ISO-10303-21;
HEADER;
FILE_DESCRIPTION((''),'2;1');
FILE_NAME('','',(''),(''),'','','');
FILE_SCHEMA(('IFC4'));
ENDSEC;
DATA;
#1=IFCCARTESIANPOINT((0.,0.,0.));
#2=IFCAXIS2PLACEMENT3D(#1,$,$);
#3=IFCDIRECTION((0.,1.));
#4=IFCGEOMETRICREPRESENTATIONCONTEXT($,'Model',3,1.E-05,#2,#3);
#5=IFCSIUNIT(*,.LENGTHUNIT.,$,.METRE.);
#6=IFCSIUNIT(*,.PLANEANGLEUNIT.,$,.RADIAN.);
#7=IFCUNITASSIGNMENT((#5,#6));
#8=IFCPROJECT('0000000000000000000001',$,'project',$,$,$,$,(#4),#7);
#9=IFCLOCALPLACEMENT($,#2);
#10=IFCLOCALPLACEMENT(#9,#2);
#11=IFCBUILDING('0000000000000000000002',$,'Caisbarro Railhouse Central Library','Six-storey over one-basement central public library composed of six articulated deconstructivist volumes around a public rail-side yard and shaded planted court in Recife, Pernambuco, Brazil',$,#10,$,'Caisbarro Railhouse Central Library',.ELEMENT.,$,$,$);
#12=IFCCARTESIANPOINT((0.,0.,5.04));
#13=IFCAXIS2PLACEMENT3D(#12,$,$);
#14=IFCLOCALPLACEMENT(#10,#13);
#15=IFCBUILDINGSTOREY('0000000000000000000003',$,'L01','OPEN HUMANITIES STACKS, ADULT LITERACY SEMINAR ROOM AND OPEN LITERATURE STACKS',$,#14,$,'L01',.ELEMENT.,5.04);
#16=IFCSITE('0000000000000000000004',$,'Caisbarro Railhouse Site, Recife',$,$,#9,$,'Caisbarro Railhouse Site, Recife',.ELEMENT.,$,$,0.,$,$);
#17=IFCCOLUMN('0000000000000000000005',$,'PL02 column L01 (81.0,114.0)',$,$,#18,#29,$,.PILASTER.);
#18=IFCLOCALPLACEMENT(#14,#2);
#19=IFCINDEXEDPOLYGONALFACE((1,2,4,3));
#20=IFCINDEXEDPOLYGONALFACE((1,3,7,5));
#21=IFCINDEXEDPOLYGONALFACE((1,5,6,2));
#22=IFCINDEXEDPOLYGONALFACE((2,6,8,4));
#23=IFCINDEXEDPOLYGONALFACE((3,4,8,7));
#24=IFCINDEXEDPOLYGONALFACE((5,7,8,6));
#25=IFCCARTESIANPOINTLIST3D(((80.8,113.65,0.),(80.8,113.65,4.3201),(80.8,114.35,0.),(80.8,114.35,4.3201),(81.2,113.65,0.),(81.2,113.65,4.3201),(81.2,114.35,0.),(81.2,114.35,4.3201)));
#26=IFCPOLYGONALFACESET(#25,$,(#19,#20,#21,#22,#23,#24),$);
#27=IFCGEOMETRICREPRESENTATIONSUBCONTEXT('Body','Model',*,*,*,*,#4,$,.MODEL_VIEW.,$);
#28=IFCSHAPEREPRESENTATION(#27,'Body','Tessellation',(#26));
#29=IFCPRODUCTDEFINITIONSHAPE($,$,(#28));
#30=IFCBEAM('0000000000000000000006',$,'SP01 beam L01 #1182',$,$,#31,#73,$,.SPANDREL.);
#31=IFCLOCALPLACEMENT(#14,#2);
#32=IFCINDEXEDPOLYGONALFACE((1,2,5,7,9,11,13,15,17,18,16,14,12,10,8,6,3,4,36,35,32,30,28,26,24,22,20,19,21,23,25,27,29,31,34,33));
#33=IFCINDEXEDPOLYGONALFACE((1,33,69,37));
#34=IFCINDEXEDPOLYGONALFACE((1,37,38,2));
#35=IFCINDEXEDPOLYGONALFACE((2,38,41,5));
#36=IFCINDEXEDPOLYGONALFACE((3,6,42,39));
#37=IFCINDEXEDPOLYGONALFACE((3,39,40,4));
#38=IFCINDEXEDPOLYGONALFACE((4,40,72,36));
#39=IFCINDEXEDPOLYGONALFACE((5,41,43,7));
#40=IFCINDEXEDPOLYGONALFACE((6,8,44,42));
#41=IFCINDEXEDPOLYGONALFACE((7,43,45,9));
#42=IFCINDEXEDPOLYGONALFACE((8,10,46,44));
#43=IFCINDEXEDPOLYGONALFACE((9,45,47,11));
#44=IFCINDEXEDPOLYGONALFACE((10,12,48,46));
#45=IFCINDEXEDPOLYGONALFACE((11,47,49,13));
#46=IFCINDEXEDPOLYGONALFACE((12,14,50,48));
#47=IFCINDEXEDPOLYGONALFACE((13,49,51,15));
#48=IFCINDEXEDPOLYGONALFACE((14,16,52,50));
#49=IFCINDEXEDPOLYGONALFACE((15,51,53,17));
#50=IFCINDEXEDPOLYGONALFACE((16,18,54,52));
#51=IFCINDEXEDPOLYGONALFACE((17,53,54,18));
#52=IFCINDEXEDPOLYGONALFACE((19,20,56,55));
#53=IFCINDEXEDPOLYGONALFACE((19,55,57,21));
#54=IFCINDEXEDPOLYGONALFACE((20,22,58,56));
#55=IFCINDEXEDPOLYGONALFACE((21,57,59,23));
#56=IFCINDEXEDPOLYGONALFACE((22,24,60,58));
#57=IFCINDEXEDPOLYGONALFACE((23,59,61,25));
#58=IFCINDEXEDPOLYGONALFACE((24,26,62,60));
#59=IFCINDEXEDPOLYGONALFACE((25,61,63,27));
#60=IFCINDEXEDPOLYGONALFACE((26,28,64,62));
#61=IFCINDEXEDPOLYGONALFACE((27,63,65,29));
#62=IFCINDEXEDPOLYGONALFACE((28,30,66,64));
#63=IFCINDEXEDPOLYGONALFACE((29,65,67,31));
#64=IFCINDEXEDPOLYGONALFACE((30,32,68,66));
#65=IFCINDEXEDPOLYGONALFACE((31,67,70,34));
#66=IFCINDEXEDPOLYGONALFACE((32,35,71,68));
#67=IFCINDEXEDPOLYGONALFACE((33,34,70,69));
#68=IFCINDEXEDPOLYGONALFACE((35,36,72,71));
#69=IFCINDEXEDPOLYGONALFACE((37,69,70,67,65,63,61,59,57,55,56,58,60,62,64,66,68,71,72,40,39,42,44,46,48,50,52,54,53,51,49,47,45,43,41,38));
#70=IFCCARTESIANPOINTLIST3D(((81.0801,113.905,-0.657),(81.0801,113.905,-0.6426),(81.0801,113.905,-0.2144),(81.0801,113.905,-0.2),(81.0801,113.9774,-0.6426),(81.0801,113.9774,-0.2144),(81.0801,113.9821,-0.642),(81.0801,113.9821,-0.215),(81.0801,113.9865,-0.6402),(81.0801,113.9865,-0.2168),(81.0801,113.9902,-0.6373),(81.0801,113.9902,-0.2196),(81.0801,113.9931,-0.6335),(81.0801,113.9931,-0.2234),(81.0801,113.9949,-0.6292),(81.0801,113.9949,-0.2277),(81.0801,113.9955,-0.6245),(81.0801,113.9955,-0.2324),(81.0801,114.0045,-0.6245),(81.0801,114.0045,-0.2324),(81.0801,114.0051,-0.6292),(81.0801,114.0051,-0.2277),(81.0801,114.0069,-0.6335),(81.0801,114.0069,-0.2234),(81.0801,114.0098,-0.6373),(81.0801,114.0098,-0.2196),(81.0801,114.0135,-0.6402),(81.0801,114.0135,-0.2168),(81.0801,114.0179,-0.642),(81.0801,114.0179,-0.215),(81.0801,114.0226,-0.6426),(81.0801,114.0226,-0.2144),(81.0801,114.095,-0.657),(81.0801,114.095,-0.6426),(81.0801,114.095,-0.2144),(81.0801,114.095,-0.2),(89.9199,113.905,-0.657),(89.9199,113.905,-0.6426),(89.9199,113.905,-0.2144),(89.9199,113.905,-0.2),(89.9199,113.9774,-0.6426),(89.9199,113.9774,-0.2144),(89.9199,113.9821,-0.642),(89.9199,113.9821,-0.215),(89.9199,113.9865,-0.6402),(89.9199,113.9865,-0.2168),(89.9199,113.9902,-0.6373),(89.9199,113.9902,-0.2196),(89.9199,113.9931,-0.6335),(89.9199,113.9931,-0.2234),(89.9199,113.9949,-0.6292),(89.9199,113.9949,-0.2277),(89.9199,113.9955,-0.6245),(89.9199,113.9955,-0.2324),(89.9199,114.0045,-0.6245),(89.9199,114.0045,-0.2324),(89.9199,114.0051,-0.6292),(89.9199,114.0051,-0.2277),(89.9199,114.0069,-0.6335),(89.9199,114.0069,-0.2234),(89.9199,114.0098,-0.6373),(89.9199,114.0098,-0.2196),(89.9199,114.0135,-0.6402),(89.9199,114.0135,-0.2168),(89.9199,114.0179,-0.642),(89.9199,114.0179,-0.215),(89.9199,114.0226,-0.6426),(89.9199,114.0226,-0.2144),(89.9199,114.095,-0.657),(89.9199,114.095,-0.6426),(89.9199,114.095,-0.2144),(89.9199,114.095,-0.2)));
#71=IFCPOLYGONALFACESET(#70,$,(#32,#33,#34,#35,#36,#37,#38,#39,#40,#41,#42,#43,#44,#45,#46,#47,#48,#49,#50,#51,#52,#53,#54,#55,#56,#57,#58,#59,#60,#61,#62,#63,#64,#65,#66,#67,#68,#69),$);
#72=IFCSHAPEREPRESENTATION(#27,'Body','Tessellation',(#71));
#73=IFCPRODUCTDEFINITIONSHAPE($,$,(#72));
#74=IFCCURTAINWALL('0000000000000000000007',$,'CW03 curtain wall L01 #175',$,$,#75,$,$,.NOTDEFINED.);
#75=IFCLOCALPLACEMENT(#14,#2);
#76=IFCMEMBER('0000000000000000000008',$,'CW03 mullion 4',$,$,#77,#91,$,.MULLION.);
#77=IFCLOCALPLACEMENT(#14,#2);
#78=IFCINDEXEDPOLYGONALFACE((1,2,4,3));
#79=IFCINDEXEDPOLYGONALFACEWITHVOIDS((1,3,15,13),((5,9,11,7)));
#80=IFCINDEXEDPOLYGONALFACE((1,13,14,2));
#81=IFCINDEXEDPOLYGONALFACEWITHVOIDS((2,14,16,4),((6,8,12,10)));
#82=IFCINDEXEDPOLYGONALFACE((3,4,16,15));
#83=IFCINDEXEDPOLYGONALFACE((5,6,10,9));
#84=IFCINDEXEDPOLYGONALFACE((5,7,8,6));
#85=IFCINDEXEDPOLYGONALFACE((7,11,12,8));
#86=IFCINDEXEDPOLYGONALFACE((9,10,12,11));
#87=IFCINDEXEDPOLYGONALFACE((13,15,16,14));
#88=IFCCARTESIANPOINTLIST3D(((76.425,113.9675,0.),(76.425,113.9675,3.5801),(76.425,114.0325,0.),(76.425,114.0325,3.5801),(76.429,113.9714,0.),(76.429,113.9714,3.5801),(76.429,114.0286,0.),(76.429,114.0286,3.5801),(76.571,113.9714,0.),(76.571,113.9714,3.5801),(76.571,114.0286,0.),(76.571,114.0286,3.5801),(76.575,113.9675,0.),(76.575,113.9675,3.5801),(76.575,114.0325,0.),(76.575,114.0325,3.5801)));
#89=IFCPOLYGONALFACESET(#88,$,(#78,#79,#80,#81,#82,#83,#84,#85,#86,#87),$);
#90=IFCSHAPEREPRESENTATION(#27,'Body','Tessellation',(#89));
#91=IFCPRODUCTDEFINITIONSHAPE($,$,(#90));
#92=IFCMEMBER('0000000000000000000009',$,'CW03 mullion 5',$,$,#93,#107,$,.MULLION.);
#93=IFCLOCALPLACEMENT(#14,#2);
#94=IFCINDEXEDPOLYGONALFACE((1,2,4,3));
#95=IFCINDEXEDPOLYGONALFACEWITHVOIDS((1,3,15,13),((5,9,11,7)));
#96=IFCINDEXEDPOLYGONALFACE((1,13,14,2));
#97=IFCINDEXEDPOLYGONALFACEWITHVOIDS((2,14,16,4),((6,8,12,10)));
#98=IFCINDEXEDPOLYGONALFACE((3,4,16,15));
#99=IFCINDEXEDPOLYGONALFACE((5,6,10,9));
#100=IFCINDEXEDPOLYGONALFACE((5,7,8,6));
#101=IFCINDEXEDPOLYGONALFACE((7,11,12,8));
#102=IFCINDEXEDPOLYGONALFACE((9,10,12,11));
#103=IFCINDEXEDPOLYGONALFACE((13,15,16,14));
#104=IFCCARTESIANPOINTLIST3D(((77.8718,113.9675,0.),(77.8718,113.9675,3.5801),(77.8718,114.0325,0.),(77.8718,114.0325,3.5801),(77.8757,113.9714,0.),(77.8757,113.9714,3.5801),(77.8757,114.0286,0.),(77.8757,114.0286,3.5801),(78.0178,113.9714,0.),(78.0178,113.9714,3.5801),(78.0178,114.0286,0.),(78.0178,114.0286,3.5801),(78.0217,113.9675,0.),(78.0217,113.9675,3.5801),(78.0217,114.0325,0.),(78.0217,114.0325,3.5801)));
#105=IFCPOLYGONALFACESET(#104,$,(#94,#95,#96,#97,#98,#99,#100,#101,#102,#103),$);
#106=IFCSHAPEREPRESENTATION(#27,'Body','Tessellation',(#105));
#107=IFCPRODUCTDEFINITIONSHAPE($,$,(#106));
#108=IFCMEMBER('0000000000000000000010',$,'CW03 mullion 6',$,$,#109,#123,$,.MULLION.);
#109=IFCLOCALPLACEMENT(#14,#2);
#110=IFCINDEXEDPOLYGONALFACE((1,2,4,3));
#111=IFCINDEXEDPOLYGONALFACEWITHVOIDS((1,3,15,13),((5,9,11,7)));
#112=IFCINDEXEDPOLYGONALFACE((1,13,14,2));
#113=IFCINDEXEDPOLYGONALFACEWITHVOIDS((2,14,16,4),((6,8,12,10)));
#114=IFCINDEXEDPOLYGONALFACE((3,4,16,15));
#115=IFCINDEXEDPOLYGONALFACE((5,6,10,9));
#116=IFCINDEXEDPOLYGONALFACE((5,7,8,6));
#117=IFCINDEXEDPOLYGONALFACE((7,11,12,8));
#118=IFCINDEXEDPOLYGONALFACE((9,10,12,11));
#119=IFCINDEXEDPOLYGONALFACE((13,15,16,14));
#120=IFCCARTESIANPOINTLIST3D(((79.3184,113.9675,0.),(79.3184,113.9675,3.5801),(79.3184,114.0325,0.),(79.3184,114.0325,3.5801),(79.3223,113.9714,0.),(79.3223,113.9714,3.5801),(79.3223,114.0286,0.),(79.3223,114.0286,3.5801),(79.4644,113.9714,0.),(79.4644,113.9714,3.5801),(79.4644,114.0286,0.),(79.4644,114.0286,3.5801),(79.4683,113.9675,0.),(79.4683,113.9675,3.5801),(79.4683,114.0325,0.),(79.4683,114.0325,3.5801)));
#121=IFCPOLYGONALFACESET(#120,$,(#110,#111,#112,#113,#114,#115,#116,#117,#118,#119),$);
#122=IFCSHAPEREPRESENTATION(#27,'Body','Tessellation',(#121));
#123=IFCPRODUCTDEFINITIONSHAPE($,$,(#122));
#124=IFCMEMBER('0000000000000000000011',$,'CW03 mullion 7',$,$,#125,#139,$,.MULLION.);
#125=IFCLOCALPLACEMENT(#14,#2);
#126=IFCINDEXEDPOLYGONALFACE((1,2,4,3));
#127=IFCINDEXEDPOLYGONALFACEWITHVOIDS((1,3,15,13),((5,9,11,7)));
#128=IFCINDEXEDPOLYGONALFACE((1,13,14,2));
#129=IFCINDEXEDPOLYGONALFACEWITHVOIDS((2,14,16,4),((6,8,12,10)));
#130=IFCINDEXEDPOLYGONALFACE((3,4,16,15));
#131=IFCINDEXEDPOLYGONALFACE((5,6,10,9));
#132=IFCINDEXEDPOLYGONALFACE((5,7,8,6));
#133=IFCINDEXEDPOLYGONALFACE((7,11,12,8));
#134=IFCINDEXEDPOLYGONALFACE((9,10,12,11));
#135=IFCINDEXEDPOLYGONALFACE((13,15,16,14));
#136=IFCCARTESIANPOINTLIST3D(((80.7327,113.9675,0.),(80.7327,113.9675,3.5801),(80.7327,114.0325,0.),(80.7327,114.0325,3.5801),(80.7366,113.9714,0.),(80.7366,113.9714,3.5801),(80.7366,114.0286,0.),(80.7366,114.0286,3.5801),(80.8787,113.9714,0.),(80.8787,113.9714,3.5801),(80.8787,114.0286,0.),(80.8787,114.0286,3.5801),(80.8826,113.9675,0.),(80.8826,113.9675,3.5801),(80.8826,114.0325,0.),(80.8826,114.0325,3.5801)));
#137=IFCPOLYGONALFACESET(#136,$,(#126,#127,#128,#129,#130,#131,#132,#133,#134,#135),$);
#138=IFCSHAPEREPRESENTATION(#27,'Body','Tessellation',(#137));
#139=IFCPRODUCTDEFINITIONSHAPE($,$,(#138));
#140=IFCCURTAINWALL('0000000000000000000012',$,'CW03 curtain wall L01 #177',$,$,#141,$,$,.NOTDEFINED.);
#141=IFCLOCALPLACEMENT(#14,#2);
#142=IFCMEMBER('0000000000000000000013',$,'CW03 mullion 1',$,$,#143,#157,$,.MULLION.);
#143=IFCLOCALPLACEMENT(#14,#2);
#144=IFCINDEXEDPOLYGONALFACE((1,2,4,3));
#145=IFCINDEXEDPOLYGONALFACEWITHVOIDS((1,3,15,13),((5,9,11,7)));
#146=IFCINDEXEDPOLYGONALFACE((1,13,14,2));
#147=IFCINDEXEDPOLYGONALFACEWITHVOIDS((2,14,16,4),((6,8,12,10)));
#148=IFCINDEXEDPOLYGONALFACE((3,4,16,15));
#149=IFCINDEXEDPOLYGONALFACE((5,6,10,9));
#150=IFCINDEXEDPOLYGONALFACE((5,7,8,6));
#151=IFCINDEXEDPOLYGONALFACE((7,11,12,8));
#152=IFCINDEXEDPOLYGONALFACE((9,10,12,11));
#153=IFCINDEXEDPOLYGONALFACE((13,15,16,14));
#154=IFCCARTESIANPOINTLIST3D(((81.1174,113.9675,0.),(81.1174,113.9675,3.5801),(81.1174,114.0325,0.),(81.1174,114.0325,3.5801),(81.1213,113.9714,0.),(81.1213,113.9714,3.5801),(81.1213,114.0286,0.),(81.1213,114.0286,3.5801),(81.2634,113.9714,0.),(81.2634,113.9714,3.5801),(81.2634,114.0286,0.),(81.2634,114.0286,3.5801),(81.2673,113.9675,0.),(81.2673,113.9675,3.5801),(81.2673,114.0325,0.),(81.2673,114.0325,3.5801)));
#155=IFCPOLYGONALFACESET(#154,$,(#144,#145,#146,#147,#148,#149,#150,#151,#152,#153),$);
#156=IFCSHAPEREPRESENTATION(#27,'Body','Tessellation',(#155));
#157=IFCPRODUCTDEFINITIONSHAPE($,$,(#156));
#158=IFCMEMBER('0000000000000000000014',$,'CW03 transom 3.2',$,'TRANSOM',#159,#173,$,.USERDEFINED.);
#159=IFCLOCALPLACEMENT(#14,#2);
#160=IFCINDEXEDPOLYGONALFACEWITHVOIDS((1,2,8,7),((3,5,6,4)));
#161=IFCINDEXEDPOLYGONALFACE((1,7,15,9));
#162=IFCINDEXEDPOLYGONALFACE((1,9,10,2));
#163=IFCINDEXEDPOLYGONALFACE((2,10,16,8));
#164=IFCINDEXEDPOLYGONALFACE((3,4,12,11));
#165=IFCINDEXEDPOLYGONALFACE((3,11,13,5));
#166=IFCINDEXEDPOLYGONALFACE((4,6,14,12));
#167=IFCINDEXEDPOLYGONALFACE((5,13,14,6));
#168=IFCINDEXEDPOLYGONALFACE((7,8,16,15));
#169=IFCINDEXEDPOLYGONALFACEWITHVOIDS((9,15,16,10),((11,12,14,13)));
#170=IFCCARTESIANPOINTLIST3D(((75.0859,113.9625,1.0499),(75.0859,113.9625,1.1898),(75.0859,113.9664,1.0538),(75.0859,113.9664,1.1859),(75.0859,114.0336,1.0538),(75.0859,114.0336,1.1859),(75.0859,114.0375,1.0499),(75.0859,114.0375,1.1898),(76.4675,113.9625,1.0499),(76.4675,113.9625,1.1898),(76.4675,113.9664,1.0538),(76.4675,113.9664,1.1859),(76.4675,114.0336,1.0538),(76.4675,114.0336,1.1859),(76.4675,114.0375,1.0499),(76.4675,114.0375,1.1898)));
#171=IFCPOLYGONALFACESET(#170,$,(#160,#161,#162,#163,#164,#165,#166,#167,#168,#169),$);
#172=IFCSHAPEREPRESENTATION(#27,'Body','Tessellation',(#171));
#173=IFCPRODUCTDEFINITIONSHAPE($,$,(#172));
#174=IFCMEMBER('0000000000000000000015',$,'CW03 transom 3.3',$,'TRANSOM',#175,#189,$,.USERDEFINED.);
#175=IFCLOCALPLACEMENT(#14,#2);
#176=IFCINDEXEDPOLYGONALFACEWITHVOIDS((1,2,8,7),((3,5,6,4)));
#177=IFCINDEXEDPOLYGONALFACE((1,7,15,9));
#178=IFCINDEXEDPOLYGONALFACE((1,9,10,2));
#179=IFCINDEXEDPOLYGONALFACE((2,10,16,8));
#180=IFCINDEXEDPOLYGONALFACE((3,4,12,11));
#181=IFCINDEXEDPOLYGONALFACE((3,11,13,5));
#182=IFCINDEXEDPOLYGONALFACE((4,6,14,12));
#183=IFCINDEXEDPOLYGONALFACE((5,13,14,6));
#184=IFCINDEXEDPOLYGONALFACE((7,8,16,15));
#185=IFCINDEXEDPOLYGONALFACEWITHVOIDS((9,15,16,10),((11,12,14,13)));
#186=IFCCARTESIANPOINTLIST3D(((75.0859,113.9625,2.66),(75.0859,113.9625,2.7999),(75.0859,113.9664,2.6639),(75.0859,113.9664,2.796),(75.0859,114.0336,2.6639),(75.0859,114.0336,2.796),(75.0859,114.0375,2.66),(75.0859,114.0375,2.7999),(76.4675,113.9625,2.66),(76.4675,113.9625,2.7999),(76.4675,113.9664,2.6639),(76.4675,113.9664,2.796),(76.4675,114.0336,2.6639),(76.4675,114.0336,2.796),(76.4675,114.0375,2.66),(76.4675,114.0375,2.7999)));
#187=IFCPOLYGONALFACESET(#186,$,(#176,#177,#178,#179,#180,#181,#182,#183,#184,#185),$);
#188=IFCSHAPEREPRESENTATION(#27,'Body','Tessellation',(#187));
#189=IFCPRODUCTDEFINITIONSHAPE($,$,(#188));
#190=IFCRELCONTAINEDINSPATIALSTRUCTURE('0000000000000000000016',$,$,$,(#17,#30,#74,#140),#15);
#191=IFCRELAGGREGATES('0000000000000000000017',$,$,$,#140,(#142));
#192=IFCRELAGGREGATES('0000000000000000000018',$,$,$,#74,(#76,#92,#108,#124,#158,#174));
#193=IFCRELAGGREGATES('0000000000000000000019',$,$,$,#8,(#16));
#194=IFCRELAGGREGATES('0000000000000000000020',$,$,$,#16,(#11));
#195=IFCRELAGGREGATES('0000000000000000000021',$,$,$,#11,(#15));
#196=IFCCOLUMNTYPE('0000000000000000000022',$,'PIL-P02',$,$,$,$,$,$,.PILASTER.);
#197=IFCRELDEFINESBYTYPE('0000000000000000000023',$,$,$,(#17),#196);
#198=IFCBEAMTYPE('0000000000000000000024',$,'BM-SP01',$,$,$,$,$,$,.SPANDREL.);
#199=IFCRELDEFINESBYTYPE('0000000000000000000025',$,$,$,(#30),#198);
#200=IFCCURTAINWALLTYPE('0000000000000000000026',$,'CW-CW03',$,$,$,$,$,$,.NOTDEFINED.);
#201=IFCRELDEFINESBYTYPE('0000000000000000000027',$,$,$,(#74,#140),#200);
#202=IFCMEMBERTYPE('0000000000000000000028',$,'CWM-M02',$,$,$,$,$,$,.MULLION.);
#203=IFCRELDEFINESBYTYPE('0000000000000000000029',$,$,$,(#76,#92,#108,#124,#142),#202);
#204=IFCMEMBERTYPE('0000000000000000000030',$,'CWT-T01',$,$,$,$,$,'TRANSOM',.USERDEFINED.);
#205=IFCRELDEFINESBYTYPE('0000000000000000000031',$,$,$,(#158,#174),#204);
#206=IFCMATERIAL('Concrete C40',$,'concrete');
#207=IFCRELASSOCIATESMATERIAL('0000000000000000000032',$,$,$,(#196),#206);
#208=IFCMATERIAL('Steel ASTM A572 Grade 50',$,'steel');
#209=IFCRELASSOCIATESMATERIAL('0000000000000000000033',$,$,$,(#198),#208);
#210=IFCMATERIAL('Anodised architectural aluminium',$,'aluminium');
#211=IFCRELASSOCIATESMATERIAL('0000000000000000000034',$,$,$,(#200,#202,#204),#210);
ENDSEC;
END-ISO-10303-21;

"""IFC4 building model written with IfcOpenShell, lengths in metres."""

from ifc_helpers import new_model, si_unit, direction, frame, origin, origin_2d, place, context, subcontext, project, spatial, rectangle, hollow_rectangle, i_section, extrude, material, material_profile, profile_set, type_object, element, aggregate, save


model = new_model("IFC4")

# Units and contexts
model_context = context("Model", 3, precision=1e-05, world=origin(), true_north=direction((0.0, 1.0)))
body_context = subcontext(model_context, "Body", "Model", "MODEL_VIEW")
ifc_project = project(units=[si_unit("LENGTHUNIT", "METRE"), si_unit("PLANEANGLEUNIT", "RADIAN")], contexts=[model_context])

# Site, building, storey
site_placement = place(None, origin())
site = spatial("IfcSite", under=ifc_project, at=site_placement, Name="Caisbarro Railhouse Site, Recife", LongName="Caisbarro Railhouse Site, Recife", CompositionType="ELEMENT", RefElevation=0.0)
building_placement = place(site_placement, origin())
building = spatial("IfcBuilding", under=site, at=building_placement, Name="Caisbarro Railhouse Central Library", Description="Six-storey over one-basement central public library composed of six articulated deconstructivist volumes around a public rail-side yard and shaded planted court in Recife, Pernambuco, Brazil", LongName="Caisbarro Railhouse Central Library", CompositionType="ELEMENT")
storey_placement = place(building_placement, frame((0.0, 0.0, 5.04)))
storey = spatial("IfcBuildingStorey", under=building, at=storey_placement, Name="L01", Description="OPEN HUMANITIES STACKS, ADULT LITERACY SEMINAR ROOM AND OPEN LITERATURE STACKS", LongName="L01", CompositionType="ELEMENT", Elevation=5.04)

# Column
ifc_material_1 = material(Name="Concrete C40", Category="concrete")
ifc_material_profile_1 = material_profile(ifc_material_1, rectangle(XDim=0.3999, YDim=0.7, at=origin_2d()), Name="RC-PIL-400X700")
ifc_profile_set_1 = profile_set([ifc_material_profile_1], Name="Concrete C40")
column_type = type_object("IfcColumnType", Name="PIL-P02", PredefinedType="PILASTER", material=ifc_profile_set_1)
column_placement = place(storey_placement, frame((81.0, 114.0, 0.0), z_axis=(0.0, 0.0, 1.0), x_axis=(1.0, 0.0, 0.0)))
element("IfcColumn", 1, at=column_placement, inside=storey, type_object=column_type, Name="PL02 column L01 (81.0,114.0)", PredefinedType="PILASTER", context=body_context, shape_type="SweptSolid", body=[
    extrude(rectangle(XDim=0.3999, YDim=0.7, at=origin_2d()), origin(), (0.0, 0.0, 1.0), 4.3201),
])

# Beam
ifc_material_2 = material(Name="Steel ASTM A572 Grade 50", Category="steel")
ifc_material_profile_2 = material_profile(ifc_material_2, i_section(OverallWidth=0.1899, OverallDepth=0.457, WebThickness=0.009, FlangeThickness=0.0144, FilletRadius=0.0181, at=origin_2d()), Name="W460X74.0")
ifc_profile_set_2 = profile_set([ifc_material_profile_2], Name="Steel ASTM A572 Grade 50")
beam_type = type_object("IfcBeamType", Name="BM-SP01", PredefinedType="SPANDREL", material=ifc_profile_set_2)
beam_placement = place(storey_placement, frame((81.0801, 114.0, -0.4285), z_axis=(1.0, 0.0, 0.0), x_axis=(0.0, 1.0, 0.0)))
element("IfcBeam", 2, at=beam_placement, inside=storey, type_object=beam_type, Name="SP01 beam L01 #1182", PredefinedType="SPANDREL", context=body_context, shape_type="SweptSolid", body=[
    extrude(i_section(OverallWidth=0.1899, OverallDepth=0.457, WebThickness=0.009, FlangeThickness=0.0144, FilletRadius=0.0181, at=origin_2d()), origin(), (0.0, 0.0, 1.0), 8.8398),
])

# Curtain wall, members
ifc_material_3 = material(Name="Anodised architectural aluminium", Category="aluminium")
curtain_wall_type = type_object("IfcCurtainWallType", Name="CW-CW03", PredefinedType="NOTDEFINED", material=ifc_material_3)
curtain_wall_1_placement = place(storey_placement, origin())
curtain_wall_1 = element("IfcCurtainWall", 3, at=curtain_wall_1_placement, inside=storey, type_object=curtain_wall_type, Name="CW03 curtain wall L01 #175", PredefinedType="NOTDEFINED")
ifc_material_profile_3 = material_profile(ifc_material_3, hollow_rectangle(XDim=0.0649, YDim=0.1499, WallThickness=0.0039, at=origin_2d()), Name="ALU-MUL-65X150")
ifc_profile_set_3 = profile_set([ifc_material_profile_3], Name="Anodised architectural aluminium")
member_type_1 = type_object("IfcMemberType", Name="CWM-M02", PredefinedType="MULLION", material=ifc_profile_set_3)
member_1_placement = place(storey_placement, frame((76.5, 114.0, 0.0), z_axis=(0.0, 0.0, 1.0), x_axis=(0.0, 1.0, 0.0)))
member_1 = element("IfcMember", 4, at=member_1_placement, type_object=member_type_1, Name="CW03 mullion 4", PredefinedType="MULLION", context=body_context, shape_type="SweptSolid", body=[
    extrude(hollow_rectangle(XDim=0.0649, YDim=0.1499, WallThickness=0.0039, at=origin_2d()), origin(), (0.0, 0.0, 1.0), 3.5801),
])
member_2_placement = place(storey_placement, frame((77.9468, 114.0, 0.0), z_axis=(0.0, 0.0, 1.0), x_axis=(0.0, 1.0, 0.0)))
member_2 = element("IfcMember", 5, at=member_2_placement, type_object=member_type_1, Name="CW03 mullion 5", PredefinedType="MULLION", context=body_context, shape_type="SweptSolid", body=[
    extrude(hollow_rectangle(XDim=0.0649, YDim=0.1499, WallThickness=0.0039, at=origin_2d()), origin(), (0.0, 0.0, 1.0), 3.5801),
])
member_3_placement = place(storey_placement, frame((79.3933, 114.0, 0.0), z_axis=(0.0, 0.0, 1.0), x_axis=(0.0, 1.0, 0.0)))
member_3 = element("IfcMember", 6, at=member_3_placement, type_object=member_type_1, Name="CW03 mullion 6", PredefinedType="MULLION", context=body_context, shape_type="SweptSolid", body=[
    extrude(hollow_rectangle(XDim=0.0649, YDim=0.1499, WallThickness=0.0039, at=origin_2d()), origin(), (0.0, 0.0, 1.0), 3.5801),
])
member_4_placement = place(storey_placement, frame((80.8076, 114.0, 0.0), z_axis=(0.0, 0.0, 1.0), x_axis=(0.0, 1.0, 0.0)))
member_4 = element("IfcMember", 7, at=member_4_placement, type_object=member_type_1, Name="CW03 mullion 7", PredefinedType="MULLION", context=body_context, shape_type="SweptSolid", body=[
    extrude(hollow_rectangle(XDim=0.0649, YDim=0.1499, WallThickness=0.0039, at=origin_2d()), origin(), (0.0, 0.0, 1.0), 3.5801),
])

# Curtain wall, member
curtain_wall_2_placement = place(storey_placement, origin())
curtain_wall_2 = element("IfcCurtainWall", 8, at=curtain_wall_2_placement, inside=storey, type_object=curtain_wall_type, Name="CW03 curtain wall L01 #177", PredefinedType="NOTDEFINED")
member_5_placement = place(storey_placement, frame((81.1924, 114.0, 0.0), z_axis=(0.0, 0.0, 1.0), x_axis=(0.0, 1.0, 0.0)))
member_5 = element("IfcMember", 9, at=member_5_placement, type_object=member_type_1, Name="CW03 mullion 1", PredefinedType="MULLION", context=body_context, shape_type="SweptSolid", body=[
    extrude(hollow_rectangle(XDim=0.0649, YDim=0.1499, WallThickness=0.0039, at=origin_2d()), origin(), (0.0, 0.0, 1.0), 3.5801),
])
aggregate(curtain_wall_2, [member_5])

# Members
ifc_material_profile_4 = material_profile(ifc_material_3, hollow_rectangle(XDim=0.075, YDim=0.1399, WallThickness=0.0039, at=origin_2d()), Name="ALU-TRN-75X140")
ifc_profile_set_4 = profile_set([ifc_material_profile_4], Name="Anodised architectural aluminium")
member_type_2 = type_object("IfcMemberType", Name="CWT-T01", ElementType="TRANSOM", PredefinedType="USERDEFINED", material=ifc_profile_set_4)
member_6_placement = place(storey_placement, frame((75.0859, 114.0, 1.1199), z_axis=(1.0, 0.0, 0.0), x_axis=(0.0, 1.0, 0.0)))
member_6 = element("IfcMember", 10, at=member_6_placement, type_object=member_type_2, Name="CW03 transom 3.2", ObjectType="TRANSOM", PredefinedType="USERDEFINED", context=body_context, shape_type="SweptSolid", body=[
    extrude(hollow_rectangle(XDim=0.075, YDim=0.1399, WallThickness=0.0039, at=origin_2d()), origin(), (0.0, 0.0, 1.0), 1.3816),
])
member_7_placement = place(storey_placement, frame((75.0859, 114.0, 2.73), z_axis=(1.0, 0.0, 0.0), x_axis=(0.0, 1.0, 0.0)))
member_7 = element("IfcMember", 11, at=member_7_placement, type_object=member_type_2, Name="CW03 transom 3.3", ObjectType="TRANSOM", PredefinedType="USERDEFINED", context=body_context, shape_type="SweptSolid", body=[
    extrude(hollow_rectangle(XDim=0.075, YDim=0.1399, WallThickness=0.0039, at=origin_2d()), origin(), (0.0, 0.0, 1.0), 1.3816),
])

aggregate(curtain_wall_1, [member_1, member_2, member_3, member_4, member_6, member_7])

save(model, "model.ifc")
